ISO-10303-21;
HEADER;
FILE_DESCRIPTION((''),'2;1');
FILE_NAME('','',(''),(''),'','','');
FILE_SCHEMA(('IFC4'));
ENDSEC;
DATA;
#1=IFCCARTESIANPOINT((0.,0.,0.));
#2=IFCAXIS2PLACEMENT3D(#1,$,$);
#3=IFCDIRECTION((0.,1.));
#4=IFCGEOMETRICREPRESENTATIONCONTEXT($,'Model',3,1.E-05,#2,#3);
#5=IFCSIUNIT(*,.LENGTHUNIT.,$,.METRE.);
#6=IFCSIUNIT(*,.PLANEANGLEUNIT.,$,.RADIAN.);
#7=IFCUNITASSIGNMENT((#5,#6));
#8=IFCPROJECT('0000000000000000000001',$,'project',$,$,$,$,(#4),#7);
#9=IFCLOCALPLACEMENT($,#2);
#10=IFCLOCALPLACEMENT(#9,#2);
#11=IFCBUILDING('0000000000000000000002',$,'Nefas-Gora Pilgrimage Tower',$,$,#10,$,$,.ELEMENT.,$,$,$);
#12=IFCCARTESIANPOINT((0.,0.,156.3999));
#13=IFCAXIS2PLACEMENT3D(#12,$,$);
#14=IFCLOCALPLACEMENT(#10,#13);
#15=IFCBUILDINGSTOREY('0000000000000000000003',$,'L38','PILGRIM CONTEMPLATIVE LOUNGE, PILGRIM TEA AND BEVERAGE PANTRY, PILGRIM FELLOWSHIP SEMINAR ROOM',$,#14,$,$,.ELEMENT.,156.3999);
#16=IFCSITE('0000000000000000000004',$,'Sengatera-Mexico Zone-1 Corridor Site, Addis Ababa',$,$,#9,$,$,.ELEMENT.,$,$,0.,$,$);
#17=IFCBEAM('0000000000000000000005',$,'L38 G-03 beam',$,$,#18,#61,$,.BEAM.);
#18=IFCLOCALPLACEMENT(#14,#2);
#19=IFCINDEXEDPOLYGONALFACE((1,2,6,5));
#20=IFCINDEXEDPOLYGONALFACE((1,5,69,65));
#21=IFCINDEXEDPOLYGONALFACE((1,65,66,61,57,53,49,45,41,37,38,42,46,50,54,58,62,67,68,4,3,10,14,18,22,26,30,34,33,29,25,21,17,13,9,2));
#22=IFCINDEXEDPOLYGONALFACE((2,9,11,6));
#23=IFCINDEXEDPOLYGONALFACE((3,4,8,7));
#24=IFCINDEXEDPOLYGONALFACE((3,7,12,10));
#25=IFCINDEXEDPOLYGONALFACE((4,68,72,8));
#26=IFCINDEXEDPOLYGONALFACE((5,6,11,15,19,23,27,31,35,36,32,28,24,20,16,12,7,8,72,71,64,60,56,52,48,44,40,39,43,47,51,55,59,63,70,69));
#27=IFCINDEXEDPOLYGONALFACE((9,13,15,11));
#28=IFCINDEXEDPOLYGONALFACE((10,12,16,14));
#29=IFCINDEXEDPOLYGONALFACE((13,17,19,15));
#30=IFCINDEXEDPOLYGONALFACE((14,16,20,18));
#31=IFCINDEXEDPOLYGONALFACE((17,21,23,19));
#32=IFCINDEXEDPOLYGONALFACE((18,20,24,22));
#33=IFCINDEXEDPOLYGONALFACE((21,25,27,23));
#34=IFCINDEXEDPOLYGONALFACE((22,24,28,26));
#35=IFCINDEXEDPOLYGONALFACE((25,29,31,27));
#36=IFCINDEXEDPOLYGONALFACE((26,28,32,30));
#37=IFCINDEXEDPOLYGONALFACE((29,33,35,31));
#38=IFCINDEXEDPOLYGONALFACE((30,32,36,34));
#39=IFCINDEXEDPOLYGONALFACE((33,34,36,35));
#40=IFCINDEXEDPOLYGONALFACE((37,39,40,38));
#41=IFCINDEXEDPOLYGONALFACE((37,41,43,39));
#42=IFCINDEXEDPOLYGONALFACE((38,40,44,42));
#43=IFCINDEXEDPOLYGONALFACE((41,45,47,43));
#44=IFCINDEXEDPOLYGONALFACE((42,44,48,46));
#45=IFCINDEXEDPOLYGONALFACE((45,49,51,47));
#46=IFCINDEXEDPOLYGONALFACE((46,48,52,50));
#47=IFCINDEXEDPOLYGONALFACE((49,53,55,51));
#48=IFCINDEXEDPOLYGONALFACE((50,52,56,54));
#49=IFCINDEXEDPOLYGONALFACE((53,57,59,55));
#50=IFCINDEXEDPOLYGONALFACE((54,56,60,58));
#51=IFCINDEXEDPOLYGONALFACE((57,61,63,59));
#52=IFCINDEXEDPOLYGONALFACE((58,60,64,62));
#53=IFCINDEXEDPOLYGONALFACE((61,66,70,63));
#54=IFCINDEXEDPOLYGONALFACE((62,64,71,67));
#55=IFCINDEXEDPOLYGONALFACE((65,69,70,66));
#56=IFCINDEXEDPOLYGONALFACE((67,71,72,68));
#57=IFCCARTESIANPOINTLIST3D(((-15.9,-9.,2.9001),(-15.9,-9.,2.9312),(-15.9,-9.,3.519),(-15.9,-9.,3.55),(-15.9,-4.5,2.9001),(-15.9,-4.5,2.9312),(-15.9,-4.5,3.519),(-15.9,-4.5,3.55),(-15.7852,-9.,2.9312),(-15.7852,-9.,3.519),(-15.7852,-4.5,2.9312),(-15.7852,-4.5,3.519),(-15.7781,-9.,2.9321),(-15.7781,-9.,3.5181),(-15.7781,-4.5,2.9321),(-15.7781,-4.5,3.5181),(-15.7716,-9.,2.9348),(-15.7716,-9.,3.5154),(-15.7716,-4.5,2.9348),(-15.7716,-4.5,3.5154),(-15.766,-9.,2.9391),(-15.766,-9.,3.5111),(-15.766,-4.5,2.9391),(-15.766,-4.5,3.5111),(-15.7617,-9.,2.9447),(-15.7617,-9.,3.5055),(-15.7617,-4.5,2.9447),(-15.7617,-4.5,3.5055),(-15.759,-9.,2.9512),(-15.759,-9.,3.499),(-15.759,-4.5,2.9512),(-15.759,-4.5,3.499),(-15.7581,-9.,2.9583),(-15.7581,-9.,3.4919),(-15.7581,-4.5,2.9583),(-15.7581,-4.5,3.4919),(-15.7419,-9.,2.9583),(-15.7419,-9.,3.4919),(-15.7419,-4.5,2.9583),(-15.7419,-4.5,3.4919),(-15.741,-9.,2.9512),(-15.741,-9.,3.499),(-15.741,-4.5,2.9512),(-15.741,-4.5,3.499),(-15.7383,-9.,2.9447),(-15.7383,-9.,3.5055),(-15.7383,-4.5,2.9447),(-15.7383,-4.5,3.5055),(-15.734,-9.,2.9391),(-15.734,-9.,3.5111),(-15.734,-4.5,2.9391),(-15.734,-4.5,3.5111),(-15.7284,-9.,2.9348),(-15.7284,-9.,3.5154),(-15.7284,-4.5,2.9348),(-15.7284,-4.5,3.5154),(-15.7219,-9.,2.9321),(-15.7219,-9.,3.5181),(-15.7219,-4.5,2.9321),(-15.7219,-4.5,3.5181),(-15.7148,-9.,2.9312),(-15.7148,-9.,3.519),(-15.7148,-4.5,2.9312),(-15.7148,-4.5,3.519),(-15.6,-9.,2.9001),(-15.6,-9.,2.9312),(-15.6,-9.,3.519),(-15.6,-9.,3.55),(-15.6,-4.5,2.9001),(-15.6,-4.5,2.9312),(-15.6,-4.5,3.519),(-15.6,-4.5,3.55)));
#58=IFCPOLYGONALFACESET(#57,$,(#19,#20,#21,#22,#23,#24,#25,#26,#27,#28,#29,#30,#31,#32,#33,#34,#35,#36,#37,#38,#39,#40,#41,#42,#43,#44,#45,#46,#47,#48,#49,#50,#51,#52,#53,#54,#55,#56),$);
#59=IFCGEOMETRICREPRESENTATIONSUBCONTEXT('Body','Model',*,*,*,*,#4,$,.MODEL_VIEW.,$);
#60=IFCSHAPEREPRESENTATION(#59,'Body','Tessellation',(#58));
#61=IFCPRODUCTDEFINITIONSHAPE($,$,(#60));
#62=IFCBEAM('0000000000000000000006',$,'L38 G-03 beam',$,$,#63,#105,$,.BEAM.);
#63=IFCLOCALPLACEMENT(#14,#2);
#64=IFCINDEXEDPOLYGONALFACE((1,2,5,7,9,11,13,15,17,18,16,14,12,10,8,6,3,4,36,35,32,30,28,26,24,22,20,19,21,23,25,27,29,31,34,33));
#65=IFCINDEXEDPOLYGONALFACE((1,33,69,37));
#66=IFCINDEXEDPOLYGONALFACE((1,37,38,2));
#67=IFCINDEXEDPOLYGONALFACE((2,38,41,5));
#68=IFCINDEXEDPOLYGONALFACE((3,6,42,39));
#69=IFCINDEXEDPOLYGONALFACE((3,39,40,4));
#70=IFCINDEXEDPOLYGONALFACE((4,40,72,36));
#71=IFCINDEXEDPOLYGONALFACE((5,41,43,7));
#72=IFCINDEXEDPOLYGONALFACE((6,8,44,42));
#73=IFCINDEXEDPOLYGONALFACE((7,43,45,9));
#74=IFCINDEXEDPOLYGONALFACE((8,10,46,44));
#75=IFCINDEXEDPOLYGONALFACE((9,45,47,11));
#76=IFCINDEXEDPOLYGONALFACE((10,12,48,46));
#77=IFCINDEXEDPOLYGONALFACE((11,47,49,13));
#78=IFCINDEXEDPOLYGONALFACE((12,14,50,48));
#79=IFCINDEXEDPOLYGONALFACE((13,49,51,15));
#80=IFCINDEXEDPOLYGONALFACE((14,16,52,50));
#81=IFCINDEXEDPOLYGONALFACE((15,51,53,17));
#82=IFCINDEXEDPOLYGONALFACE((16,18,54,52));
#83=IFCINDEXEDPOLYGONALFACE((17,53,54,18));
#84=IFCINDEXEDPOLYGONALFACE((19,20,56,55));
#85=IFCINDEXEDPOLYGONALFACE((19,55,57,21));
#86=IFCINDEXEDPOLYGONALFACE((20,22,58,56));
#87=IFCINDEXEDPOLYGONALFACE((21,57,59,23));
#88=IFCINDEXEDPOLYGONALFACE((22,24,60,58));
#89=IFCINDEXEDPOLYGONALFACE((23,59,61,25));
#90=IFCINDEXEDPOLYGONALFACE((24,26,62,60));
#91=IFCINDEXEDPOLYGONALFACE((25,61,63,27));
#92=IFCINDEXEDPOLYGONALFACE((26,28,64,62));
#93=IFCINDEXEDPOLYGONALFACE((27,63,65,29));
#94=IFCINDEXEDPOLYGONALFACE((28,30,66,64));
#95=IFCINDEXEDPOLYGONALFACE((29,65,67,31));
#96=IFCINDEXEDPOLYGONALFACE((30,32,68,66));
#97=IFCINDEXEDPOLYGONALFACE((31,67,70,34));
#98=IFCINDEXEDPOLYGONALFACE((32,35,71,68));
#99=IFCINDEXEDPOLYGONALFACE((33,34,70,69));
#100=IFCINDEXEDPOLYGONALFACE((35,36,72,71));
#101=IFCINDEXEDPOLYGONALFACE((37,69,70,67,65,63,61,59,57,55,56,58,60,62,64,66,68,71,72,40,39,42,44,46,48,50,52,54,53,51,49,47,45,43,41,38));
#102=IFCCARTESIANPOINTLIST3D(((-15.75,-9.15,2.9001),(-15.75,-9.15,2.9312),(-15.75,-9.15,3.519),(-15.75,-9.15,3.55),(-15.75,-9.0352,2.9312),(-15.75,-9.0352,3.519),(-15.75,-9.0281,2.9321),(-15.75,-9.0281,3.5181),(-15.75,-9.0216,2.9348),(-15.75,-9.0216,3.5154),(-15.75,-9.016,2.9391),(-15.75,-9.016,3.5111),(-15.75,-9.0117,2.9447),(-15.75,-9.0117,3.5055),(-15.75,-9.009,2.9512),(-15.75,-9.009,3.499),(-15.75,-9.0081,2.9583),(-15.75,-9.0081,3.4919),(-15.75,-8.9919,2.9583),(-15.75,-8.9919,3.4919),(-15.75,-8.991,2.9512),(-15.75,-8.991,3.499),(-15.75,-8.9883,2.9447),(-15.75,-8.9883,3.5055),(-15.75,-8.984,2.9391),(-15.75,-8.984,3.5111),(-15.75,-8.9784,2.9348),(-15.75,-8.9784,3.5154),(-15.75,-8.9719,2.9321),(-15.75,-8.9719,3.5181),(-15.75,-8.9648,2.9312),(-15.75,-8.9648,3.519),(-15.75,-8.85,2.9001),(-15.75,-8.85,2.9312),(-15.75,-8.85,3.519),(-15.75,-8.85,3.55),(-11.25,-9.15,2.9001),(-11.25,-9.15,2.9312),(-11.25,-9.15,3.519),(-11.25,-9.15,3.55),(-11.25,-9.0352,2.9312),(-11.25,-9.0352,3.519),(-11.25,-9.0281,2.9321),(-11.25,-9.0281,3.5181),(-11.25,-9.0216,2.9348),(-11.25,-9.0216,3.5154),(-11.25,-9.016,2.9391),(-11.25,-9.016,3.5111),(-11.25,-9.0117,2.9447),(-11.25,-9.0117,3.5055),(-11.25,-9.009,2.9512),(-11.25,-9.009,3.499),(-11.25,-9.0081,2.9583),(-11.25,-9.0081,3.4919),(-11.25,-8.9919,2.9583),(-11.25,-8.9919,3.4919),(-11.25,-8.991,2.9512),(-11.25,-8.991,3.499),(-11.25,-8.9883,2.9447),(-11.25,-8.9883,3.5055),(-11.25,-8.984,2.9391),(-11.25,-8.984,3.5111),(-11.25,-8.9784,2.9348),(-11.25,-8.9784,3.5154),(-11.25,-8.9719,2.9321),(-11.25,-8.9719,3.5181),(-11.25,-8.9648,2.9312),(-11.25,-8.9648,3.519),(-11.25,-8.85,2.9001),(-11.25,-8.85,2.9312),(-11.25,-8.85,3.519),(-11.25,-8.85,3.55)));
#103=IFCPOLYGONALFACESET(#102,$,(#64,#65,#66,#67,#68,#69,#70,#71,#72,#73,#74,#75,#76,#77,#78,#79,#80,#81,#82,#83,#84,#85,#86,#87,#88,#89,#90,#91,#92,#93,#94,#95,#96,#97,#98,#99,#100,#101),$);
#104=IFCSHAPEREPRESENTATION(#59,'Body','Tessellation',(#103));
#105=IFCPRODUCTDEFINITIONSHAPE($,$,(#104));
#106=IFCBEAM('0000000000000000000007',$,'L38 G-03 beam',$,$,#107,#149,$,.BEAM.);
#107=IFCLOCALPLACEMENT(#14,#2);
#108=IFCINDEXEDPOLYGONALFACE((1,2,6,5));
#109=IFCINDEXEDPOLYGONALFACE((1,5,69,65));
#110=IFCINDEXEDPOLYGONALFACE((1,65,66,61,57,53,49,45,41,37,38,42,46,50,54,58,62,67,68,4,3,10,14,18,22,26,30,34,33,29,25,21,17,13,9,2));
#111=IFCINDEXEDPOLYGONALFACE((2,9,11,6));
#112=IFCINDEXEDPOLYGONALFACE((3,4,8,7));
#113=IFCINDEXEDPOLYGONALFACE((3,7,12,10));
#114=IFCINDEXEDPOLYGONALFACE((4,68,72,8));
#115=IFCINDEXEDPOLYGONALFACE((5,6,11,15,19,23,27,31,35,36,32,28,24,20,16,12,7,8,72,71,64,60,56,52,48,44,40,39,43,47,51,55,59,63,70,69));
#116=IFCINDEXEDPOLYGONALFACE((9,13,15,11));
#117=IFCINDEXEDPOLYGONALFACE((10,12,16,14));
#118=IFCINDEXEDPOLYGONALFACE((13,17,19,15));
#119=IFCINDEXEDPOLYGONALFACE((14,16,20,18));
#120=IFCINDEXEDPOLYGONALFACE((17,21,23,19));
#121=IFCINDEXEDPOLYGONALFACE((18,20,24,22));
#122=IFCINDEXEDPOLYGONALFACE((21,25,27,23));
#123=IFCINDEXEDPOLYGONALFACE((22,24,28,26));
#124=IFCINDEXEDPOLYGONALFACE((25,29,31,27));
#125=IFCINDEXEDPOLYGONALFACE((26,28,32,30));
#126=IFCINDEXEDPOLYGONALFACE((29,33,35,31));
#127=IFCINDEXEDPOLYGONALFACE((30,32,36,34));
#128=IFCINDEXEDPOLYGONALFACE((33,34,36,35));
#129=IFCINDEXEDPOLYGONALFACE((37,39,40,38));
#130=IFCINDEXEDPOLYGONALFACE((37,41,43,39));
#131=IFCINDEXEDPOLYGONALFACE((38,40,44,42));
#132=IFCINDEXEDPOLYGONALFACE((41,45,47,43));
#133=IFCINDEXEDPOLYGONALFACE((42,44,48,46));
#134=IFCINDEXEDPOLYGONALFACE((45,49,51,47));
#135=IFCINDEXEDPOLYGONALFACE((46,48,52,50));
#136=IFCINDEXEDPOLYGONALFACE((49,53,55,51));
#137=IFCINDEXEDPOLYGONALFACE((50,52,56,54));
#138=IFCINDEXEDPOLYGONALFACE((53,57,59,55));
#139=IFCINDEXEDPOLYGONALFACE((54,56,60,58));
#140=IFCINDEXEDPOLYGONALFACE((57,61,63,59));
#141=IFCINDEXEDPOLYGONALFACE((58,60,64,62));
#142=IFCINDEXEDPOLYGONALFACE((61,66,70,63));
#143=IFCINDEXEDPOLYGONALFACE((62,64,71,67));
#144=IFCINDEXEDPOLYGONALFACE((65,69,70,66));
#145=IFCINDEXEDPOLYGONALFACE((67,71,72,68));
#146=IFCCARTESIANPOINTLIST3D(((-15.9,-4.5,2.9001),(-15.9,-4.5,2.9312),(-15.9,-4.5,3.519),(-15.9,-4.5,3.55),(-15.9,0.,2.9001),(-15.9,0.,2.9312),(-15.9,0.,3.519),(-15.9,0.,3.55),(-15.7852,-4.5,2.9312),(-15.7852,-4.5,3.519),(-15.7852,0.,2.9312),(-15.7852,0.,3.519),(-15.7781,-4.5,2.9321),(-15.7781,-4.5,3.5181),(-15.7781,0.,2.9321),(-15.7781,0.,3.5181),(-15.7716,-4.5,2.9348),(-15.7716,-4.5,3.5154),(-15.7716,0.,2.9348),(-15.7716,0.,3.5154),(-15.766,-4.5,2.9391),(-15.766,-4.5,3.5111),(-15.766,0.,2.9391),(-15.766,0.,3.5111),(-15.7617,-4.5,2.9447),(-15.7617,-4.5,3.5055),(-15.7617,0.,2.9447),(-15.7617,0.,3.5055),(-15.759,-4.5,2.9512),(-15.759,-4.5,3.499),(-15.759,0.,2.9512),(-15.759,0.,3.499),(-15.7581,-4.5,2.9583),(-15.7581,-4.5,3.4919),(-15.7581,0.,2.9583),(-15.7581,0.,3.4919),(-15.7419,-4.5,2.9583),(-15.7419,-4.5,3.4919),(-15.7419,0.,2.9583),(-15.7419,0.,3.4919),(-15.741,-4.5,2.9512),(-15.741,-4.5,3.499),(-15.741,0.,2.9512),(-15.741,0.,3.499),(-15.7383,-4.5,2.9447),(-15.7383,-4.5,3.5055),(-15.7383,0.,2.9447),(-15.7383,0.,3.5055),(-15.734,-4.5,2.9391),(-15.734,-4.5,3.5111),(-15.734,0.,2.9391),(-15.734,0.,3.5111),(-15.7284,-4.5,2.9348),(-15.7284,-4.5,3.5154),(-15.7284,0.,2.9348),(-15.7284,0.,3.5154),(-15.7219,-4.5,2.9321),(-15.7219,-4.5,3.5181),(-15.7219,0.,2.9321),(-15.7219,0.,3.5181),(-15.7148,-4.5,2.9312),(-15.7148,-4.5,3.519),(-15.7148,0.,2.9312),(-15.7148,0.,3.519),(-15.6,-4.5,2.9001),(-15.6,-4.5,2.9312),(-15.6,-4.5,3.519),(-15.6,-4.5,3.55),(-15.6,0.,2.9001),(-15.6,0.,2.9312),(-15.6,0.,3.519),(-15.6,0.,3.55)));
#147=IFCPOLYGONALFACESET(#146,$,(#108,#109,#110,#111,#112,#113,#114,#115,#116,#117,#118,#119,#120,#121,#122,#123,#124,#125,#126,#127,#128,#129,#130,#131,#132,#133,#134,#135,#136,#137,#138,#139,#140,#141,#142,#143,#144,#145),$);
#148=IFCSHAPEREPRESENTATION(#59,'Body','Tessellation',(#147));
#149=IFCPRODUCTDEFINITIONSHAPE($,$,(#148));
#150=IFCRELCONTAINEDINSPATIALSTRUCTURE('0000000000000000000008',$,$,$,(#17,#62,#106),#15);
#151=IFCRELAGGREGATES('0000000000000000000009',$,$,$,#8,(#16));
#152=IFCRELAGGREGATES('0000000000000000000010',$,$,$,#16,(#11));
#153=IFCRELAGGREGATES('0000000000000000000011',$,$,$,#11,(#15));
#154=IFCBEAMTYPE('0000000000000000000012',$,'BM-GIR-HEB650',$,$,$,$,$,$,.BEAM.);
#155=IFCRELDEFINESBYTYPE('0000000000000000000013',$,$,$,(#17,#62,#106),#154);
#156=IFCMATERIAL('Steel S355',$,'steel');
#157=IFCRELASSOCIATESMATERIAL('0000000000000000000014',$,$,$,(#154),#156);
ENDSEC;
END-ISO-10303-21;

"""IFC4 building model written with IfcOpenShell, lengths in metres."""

from ifc_helpers import new_model, si_unit, direction, frame, origin, origin_2d, place, context, subcontext, project, spatial, i_section, extrude, source, transform, mapped, material, material_profile, profile_set, type_object, element, save


model = new_model("IFC4")

# Units and contexts
model_context = context("Model", 3, precision=1e-05, world=origin(), true_north=direction((0.0, 1.0)))
body_context = subcontext(model_context, "Body", "Model", "MODEL_VIEW")
ifc_project = project(units=[si_unit("LENGTHUNIT", "METRE"), si_unit("PLANEANGLEUNIT", "RADIAN")], contexts=[model_context])

# Site, building, storey
site_placement = place(None, origin())
site = spatial("IfcSite", under=ifc_project, at=site_placement, Name="Sengatera-Mexico Zone-1 Corridor Site, Addis Ababa", CompositionType="ELEMENT", RefElevation=0.0)
building_placement = place(site_placement, origin())
building = spatial("IfcBuilding", under=site, at=building_placement, Name="Nefas-Gora Pilgrimage Tower", CompositionType="ELEMENT")
storey_placement = place(building_placement, frame((0.0, 0.0, 156.3999)))
storey = spatial("IfcBuildingStorey", under=building, at=storey_placement, Name="L38", Description="PILGRIM CONTEMPLATIVE LOUNGE, PILGRIM TEA AND BEVERAGE PANTRY, PILGRIM FELLOWSHIP SEMINAR ROOM", CompositionType="ELEMENT", Elevation=156.3999)

# Beams
ifc_material_1 = material(Name="Steel S355", Category="steel")
ifc_material_profile_1 = material_profile(ifc_material_1, i_section(OverallWidth=0.3, OverallDepth=0.6499, WebThickness=0.0161, FlangeThickness=0.031, FilletRadius=0.0271, at=origin_2d()), Name="HEB 650")
ifc_profile_set_1 = profile_set([ifc_material_profile_1], Name="Steel S355")
beam_type = type_object("IfcBeamType", Name="BM-GIR-HEB650", PredefinedType="BEAM", material=ifc_profile_set_1)
shared_shape_1 = source(origin(), body_context, "Body", "SweptSolid", [
    extrude(i_section(OverallWidth=0.3, OverallDepth=0.6499, WebThickness=0.0161, FlangeThickness=0.031, FilletRadius=0.0271, at=origin_2d()), origin(), (0.0, 0.0, 1.0), 4.5),
])
for number, where, z_axis, x_axis, name in (
    (1, (-15.75, -9.0, 3.2251), (0.0, 1.0, 0.0), (-1.0, 0.0, 0.0), "L38 G-03 beam"),
    (2, (-15.75, -9.0, 3.2251), (1.0, 0.0, 0.0), (0.0, 1.0, 0.0), "L38 G-03 beam"),
    (3, (-15.75, -4.5, 3.2251), (0.0, 1.0, 0.0), (-1.0, 0.0, 0.0), "L38 G-03 beam"),
):
    element("IfcBeam", number, at=place(storey_placement, frame(where, z_axis=z_axis, x_axis=x_axis)), inside=storey, type_object=beam_type, Name=name, PredefinedType="BEAM", context=body_context, shape_type="MappedRepresentation", body=[
        mapped(shared_shape_1, transform((0.0, 0.0, 0.0), x_axis=(1.0, 0.0, 0.0), y_axis=(0.0, 1.0, 0.0), z_axis=(0.0, 0.0, 1.0), scale=1.0)),
    ])

save(model, "model.ifc")
